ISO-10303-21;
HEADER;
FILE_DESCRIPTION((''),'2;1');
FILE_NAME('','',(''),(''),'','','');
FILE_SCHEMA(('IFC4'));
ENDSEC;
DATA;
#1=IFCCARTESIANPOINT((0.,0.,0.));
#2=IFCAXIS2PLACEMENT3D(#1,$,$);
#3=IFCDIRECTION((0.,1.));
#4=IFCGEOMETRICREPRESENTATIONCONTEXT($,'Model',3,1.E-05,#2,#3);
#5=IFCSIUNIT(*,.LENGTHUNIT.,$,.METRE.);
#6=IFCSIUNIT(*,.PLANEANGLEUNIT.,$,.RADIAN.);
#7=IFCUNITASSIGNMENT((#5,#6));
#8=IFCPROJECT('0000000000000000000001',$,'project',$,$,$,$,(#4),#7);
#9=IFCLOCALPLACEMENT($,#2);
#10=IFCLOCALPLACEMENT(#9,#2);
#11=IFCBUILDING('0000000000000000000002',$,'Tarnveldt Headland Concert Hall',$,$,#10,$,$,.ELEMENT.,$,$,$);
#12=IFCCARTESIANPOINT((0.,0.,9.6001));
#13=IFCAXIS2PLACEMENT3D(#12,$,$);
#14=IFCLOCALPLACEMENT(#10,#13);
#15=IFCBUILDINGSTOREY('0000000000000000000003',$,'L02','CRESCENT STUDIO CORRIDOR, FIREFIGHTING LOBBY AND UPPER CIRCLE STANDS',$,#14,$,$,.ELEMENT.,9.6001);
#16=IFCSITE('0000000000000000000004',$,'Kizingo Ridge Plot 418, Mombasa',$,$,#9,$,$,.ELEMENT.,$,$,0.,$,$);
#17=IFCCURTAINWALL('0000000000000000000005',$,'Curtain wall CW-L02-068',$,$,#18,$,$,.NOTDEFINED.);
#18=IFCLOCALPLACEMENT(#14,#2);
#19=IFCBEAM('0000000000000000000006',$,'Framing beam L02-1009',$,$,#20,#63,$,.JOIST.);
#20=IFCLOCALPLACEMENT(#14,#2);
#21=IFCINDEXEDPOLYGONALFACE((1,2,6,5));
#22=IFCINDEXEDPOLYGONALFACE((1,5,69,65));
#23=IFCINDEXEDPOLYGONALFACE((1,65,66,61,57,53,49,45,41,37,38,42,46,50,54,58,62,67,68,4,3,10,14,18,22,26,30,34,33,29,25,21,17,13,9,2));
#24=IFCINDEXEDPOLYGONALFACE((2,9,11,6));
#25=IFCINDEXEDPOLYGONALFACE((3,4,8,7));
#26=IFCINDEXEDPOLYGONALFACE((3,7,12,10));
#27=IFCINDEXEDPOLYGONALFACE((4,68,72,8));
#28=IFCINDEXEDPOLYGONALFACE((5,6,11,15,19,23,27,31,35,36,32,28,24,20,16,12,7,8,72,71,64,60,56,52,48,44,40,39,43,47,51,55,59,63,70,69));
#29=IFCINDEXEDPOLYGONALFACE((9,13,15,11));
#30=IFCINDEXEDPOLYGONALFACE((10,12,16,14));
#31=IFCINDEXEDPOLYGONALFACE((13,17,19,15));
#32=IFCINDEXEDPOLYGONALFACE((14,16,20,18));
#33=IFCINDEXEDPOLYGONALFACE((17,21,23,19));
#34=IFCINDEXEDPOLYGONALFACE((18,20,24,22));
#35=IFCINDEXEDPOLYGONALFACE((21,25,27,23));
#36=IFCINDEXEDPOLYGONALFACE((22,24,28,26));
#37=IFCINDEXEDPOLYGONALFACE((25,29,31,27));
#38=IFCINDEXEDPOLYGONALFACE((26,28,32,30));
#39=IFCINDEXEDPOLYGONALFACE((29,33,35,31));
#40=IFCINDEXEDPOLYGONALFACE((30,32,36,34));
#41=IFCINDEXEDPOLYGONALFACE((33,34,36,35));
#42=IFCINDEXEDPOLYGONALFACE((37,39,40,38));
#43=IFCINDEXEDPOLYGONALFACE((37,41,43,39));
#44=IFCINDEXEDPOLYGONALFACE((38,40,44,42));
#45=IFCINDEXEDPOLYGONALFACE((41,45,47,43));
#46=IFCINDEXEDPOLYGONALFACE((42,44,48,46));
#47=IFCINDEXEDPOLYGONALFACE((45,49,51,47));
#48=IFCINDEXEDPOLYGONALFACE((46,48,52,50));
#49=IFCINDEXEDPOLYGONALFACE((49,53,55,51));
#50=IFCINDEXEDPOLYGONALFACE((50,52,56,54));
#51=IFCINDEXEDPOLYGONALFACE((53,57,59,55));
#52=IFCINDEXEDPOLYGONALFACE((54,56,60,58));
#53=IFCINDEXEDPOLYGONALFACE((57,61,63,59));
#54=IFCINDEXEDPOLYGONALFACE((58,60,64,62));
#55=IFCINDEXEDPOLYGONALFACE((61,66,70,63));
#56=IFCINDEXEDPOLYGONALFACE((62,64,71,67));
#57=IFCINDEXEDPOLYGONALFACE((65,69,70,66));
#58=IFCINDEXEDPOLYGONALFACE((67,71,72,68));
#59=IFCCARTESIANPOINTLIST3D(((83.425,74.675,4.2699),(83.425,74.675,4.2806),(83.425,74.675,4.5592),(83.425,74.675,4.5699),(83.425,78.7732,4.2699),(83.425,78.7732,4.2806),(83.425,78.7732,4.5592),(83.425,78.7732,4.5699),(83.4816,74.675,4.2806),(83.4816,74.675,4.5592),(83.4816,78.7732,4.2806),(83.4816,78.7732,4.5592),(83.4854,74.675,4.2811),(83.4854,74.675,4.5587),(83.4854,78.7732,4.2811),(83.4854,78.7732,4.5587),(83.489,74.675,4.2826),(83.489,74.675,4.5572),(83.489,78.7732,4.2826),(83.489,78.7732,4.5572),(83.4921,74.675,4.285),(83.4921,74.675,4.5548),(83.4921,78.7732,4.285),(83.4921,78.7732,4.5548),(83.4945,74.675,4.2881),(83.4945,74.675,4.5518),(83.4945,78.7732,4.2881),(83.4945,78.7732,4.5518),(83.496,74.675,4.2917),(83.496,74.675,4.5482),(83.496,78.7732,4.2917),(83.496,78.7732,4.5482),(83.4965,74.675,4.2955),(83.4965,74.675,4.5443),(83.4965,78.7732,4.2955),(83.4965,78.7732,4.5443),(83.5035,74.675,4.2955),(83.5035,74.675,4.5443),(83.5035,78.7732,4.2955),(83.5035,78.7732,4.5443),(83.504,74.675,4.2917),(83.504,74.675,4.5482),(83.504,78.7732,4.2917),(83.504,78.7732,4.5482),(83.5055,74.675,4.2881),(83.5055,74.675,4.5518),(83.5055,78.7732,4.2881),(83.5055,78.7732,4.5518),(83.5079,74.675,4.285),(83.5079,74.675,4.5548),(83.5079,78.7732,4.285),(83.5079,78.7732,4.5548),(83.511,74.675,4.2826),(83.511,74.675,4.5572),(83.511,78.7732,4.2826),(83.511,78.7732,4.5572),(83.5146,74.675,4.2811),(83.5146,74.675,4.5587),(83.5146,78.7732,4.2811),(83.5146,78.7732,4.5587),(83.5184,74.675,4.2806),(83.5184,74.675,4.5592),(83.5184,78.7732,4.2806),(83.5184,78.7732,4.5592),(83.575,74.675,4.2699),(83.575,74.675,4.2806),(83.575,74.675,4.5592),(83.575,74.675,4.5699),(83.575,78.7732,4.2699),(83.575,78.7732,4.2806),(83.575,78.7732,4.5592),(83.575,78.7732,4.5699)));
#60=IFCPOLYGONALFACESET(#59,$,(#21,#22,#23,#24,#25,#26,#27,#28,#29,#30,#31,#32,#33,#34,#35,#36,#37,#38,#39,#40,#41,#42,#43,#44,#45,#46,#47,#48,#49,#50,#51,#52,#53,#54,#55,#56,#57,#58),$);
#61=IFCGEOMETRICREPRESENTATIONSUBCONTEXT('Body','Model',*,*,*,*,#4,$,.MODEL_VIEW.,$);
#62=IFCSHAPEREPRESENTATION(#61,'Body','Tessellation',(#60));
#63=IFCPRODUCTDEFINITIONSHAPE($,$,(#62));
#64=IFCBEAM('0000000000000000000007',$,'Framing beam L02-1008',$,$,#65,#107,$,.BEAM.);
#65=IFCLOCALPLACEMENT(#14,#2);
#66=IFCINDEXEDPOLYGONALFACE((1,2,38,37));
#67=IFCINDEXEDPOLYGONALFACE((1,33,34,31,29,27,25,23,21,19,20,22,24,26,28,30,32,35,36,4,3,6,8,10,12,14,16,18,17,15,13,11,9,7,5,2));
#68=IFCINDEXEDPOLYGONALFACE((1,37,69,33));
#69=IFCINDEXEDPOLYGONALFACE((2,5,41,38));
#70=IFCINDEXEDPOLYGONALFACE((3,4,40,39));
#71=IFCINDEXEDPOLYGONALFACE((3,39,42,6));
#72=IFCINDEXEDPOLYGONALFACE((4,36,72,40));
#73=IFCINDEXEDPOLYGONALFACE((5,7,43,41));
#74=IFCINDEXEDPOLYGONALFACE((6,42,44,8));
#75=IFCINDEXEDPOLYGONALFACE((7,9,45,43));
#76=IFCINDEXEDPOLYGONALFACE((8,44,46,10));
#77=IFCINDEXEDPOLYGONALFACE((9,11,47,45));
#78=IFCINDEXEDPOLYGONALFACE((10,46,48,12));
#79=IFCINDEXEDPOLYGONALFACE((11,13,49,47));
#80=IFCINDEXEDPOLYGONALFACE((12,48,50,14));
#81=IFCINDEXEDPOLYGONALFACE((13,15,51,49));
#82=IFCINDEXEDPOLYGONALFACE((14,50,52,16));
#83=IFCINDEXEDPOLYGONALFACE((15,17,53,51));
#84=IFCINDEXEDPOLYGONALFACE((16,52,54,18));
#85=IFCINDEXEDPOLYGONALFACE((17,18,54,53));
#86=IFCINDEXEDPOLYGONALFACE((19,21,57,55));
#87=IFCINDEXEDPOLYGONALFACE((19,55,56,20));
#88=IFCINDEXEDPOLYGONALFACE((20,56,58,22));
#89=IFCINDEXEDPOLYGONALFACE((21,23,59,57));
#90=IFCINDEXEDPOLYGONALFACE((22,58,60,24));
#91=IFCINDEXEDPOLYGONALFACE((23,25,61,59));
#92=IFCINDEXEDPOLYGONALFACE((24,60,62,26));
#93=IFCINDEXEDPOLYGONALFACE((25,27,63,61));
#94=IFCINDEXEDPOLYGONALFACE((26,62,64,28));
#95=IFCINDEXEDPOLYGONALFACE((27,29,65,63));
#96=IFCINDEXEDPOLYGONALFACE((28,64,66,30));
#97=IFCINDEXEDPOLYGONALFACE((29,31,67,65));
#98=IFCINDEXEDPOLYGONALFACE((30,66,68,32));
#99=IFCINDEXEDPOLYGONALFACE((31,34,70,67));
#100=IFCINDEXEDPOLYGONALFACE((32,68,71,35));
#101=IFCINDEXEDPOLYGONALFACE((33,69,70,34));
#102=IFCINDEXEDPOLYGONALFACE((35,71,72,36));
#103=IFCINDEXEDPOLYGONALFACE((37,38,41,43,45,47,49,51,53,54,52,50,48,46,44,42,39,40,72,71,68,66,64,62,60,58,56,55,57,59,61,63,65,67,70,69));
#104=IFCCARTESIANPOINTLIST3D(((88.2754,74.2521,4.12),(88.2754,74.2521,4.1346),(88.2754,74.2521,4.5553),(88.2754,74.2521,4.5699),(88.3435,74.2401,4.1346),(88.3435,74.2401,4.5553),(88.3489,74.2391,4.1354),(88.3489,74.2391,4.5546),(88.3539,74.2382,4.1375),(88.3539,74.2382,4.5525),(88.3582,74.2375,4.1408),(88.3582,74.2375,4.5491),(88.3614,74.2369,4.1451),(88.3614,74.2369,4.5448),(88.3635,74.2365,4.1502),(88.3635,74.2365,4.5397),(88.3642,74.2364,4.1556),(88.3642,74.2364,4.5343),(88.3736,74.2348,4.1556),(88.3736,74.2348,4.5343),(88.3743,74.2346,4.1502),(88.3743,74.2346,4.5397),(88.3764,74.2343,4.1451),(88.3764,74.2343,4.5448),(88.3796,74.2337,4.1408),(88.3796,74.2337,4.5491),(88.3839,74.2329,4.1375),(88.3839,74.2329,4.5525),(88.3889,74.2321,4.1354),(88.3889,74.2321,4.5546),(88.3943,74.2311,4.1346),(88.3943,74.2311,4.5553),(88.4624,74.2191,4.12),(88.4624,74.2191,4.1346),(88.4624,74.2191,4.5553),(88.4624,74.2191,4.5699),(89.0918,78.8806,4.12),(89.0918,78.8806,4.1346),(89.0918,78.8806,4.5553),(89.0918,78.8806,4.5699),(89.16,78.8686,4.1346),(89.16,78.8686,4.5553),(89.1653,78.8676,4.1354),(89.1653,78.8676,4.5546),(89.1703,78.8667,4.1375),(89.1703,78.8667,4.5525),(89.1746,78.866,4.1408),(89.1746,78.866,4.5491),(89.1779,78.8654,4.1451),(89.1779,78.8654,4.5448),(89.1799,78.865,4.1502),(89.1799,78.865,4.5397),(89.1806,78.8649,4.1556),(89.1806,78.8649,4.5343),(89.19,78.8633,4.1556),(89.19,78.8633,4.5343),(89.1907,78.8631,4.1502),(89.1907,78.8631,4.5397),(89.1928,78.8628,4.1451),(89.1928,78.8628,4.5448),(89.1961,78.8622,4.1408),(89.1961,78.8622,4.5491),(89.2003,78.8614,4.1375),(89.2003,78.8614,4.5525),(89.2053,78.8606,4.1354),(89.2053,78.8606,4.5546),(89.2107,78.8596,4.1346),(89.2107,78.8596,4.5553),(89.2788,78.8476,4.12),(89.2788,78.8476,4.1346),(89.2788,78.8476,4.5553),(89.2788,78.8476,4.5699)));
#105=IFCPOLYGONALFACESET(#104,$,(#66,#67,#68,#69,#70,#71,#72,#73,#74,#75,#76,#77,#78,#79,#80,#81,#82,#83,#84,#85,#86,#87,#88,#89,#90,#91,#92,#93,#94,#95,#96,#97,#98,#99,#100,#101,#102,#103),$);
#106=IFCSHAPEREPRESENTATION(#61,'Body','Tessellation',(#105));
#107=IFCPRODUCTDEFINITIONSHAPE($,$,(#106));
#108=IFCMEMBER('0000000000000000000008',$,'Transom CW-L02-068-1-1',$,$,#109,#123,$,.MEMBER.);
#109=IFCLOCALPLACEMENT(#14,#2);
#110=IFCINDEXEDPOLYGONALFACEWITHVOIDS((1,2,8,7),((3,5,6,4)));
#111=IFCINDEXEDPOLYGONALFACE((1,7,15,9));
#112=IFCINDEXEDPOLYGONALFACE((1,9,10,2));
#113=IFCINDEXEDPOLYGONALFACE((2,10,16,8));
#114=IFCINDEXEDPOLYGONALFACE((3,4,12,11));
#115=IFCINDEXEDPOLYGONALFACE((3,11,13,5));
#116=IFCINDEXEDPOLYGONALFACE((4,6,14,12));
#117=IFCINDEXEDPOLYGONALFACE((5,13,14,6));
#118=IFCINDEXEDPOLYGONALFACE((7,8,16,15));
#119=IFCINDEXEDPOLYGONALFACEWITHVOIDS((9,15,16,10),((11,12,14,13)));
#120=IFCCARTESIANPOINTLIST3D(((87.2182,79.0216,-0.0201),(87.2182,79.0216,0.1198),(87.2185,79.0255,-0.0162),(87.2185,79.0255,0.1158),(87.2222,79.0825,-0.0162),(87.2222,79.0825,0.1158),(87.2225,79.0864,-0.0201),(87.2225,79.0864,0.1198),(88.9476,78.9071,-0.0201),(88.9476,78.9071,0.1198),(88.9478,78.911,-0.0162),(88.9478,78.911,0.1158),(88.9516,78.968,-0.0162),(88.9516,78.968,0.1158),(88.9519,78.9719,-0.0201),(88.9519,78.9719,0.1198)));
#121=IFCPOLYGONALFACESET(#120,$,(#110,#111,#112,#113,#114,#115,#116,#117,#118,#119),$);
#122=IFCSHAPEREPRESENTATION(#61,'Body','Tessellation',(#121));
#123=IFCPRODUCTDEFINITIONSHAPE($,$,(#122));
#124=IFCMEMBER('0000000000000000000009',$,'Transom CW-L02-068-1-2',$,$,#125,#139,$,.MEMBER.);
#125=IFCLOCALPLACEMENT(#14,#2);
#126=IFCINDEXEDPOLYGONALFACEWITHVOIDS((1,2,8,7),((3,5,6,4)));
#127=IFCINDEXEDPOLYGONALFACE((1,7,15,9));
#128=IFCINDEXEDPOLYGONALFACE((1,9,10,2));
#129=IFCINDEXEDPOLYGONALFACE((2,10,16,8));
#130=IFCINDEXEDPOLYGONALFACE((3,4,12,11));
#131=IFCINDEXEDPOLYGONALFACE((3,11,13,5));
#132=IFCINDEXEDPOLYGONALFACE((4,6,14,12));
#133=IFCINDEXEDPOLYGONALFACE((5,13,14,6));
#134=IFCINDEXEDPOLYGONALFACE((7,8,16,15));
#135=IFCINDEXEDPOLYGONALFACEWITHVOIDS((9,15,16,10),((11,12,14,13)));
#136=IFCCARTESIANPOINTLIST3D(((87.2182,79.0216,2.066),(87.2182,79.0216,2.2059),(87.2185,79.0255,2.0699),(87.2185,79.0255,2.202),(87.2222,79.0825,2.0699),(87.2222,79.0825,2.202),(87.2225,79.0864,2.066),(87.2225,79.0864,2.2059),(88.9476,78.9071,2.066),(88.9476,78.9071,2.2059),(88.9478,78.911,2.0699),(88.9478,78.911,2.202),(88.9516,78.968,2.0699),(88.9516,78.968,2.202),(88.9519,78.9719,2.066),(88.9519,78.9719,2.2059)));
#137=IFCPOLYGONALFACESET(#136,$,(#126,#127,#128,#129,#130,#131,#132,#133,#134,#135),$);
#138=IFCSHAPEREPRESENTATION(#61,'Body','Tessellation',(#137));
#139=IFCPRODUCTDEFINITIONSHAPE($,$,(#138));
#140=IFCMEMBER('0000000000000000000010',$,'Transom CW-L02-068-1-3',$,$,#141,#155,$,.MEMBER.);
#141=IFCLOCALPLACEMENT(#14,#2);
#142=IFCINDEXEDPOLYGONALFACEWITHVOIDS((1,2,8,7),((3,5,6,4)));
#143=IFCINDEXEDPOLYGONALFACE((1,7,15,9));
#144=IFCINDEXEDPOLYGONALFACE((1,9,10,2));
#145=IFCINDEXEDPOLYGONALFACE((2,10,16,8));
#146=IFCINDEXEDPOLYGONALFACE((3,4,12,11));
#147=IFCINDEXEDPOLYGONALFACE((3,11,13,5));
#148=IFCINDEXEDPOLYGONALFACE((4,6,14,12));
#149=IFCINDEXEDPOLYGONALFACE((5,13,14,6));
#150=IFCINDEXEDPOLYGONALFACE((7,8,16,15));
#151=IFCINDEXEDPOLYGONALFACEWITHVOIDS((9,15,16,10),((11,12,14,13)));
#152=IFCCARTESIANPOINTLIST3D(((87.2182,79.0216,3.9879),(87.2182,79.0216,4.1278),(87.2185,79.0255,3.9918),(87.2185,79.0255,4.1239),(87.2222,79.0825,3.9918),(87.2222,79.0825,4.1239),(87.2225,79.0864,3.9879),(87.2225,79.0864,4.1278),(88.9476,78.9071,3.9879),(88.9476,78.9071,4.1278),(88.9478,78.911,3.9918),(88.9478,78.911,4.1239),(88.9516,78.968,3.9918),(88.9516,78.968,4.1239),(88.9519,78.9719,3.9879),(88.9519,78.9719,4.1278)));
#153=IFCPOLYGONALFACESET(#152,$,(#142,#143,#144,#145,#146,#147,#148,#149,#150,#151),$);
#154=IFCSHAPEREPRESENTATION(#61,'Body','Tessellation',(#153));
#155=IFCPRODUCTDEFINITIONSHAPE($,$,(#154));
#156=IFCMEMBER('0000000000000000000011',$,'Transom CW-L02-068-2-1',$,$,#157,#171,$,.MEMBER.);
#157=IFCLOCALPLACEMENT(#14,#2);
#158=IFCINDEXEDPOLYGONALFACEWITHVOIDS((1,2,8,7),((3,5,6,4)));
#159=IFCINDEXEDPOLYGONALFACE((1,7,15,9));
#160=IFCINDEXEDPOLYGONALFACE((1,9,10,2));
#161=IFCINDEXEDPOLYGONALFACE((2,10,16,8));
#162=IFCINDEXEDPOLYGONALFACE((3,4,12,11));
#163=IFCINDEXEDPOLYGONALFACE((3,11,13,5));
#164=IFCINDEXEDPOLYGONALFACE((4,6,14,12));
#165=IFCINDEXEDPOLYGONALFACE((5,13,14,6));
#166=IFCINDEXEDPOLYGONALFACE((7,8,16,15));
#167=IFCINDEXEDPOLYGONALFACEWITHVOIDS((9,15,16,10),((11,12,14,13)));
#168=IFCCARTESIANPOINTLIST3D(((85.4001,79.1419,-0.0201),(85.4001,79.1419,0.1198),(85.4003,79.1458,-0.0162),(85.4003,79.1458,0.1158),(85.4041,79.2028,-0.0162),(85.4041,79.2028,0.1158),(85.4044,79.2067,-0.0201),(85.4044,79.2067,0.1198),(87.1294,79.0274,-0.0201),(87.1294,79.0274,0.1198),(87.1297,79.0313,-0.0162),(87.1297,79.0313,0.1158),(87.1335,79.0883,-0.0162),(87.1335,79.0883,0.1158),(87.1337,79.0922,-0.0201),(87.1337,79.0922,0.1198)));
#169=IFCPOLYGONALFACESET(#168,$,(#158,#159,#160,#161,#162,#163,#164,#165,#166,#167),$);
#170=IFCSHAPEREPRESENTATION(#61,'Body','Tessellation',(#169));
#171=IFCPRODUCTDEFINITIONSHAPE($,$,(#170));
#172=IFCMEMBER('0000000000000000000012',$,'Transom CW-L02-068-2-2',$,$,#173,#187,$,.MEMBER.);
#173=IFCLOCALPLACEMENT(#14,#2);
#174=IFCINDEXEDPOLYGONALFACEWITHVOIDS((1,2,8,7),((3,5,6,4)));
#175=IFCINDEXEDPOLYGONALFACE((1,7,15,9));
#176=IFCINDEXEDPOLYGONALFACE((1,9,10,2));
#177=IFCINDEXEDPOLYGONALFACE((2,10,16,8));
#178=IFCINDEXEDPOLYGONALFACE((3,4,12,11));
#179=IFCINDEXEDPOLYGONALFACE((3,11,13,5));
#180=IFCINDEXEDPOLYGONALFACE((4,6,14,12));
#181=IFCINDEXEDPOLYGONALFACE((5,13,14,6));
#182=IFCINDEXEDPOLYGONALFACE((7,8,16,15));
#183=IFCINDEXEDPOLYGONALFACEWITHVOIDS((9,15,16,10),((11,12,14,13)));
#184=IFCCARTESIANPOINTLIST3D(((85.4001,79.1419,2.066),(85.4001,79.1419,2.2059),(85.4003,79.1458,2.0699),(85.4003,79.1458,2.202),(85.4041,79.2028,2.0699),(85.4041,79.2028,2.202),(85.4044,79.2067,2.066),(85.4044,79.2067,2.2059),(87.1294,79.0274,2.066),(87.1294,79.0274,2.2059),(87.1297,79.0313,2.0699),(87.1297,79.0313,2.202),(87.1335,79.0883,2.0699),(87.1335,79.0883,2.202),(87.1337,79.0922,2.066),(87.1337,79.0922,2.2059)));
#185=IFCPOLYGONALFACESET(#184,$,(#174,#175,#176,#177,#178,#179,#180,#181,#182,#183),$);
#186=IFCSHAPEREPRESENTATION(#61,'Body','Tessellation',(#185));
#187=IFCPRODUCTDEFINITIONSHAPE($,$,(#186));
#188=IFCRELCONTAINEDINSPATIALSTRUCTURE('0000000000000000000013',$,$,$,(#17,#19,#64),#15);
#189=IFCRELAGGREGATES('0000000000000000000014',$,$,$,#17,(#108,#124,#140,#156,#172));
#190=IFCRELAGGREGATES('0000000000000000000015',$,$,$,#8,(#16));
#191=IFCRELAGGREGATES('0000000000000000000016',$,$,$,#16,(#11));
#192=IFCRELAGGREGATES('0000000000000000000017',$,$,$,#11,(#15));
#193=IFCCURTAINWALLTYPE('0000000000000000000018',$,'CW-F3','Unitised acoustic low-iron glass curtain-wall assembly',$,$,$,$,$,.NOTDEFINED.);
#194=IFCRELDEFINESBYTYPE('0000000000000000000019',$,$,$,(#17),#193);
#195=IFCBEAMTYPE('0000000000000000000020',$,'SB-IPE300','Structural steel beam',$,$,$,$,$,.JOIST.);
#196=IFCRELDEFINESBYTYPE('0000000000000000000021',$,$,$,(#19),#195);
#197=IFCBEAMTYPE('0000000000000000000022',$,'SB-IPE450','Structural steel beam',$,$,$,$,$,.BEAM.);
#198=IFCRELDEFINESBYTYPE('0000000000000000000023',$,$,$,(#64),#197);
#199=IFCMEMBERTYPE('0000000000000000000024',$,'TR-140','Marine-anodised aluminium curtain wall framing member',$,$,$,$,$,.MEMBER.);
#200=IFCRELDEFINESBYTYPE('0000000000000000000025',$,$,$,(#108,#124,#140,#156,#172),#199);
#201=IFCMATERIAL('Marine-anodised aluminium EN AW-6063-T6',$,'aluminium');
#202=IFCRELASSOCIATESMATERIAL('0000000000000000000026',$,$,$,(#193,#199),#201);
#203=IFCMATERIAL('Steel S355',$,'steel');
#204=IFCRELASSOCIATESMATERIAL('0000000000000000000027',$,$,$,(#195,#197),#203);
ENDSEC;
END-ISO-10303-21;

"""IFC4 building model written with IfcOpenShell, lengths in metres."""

from ifc_helpers import new_model, si_unit, direction, frame, origin, origin_2d, place, context, subcontext, project, spatial, hollow_rectangle, i_section, extrude, material, material_profile, profile_set, type_object, element, aggregate, save


model = new_model("IFC4")

# Units and contexts
model_context = context("Model", 3, precision=1e-05, world=origin(), true_north=direction((0.0, 1.0)))
body_context = subcontext(model_context, "Body", "Model", "MODEL_VIEW")
ifc_project = project(units=[si_unit("LENGTHUNIT", "METRE"), si_unit("PLANEANGLEUNIT", "RADIAN")], contexts=[model_context])

# Site, building, storey
site_placement = place(None, origin())
site = spatial("IfcSite", under=ifc_project, at=site_placement, Name="Kizingo Ridge Plot 418, Mombasa", CompositionType="ELEMENT", RefElevation=0.0)
building_placement = place(site_placement, origin())
building = spatial("IfcBuilding", under=site, at=building_placement, Name="Tarnveldt Headland Concert Hall", CompositionType="ELEMENT")
storey_placement = place(building_placement, frame((0.0, 0.0, 9.6001)))
storey = spatial("IfcBuildingStorey", under=building, at=storey_placement, Name="L02", Description="CRESCENT STUDIO CORRIDOR, FIREFIGHTING LOBBY AND UPPER CIRCLE STANDS", CompositionType="ELEMENT", Elevation=9.6001)

# Shared definitions
ifc_material_1 = material(Name="Steel S355", Category="steel")

# Curtain wall
ifc_material_2 = material(Name="Marine-anodised aluminium EN AW-6063-T6", Category="aluminium")
curtain_wall_type = type_object("IfcCurtainWallType", Name="CW-F3", Description="Unitised acoustic low-iron glass curtain-wall assembly", PredefinedType="NOTDEFINED", material=ifc_material_2)
curtain_wall_1_placement = place(storey_placement, origin())
curtain_wall_1 = element("IfcCurtainWall", 1, at=curtain_wall_1_placement, inside=storey, type_object=curtain_wall_type, Name="Curtain wall CW-L02-068", PredefinedType="NOTDEFINED")

# Beams
ifc_material_profile_1 = material_profile(ifc_material_1, i_section(OverallWidth=0.1499, OverallDepth=0.3, WebThickness=0.0071, FlangeThickness=0.0107, FilletRadius=0.0149, at=origin_2d()), Name="IPE300", Category="steel")
ifc_profile_set_1 = profile_set([ifc_material_profile_1], Name="Steel S355")
beam_type_1 = type_object("IfcBeamType", Name="SB-IPE300", Description="Structural steel beam", PredefinedType="JOIST", material=ifc_profile_set_1)
beam_1_placement = place(storey_placement, frame((83.5, 74.675, 4.4199), z_axis=(0.0, 1.0, 0.0), x_axis=(-1.0, 0.0, 0.0)))
element("IfcBeam", 2, at=beam_1_placement, inside=storey, type_object=beam_type_1, Name="Framing beam L02-1009", PredefinedType="JOIST", context=body_context, shape_type="SweptSolid", body=[
    extrude(i_section(OverallWidth=0.1499, OverallDepth=0.3, WebThickness=0.0071, FlangeThickness=0.0107, FilletRadius=0.0149, at=origin_2d()), origin(), (0.0, 0.0, 1.0), 4.0981),
])
ifc_material_profile_2 = material_profile(ifc_material_1, i_section(OverallWidth=0.1899, OverallDepth=0.45, WebThickness=0.0095, FlangeThickness=0.0146, FilletRadius=0.021, at=origin_2d()), Name="IPE450", Category="steel")
ifc_profile_set_2 = profile_set([ifc_material_profile_2], Name="Steel S355")
beam_type_2 = type_object("IfcBeamType", Name="SB-IPE450", Description="Structural steel beam", PredefinedType="BEAM", material=ifc_profile_set_2)
beam_2_placement = place(storey_placement, frame((88.3689, 74.2356, 4.345), z_axis=(0.173708, 0.984797, 0.0), x_axis=(-0.984797, 0.173708, 0.0)))
element("IfcBeam", 3, at=beam_2_placement, inside=storey, type_object=beam_type_2, Name="Framing beam L02-1008", PredefinedType="BEAM", context=body_context, shape_type="SweptSolid", body=[
    extrude(i_section(OverallWidth=0.1899, OverallDepth=0.45, WebThickness=0.0095, FlangeThickness=0.0146, FilletRadius=0.021, at=origin_2d()), origin(), (0.0, 0.0, 1.0), 4.7),
])

# Members
ifc_material_profile_3 = material_profile(ifc_material_2, hollow_rectangle(XDim=0.0649, YDim=0.1399, WallThickness=0.0039, at=origin_2d()), Name="ALU TRANSOM 65x140x4", Category="aluminium")
ifc_profile_set_3 = profile_set([ifc_material_profile_3], Name="Marine-anodised aluminium EN AW-6063-T6")
member_type_1 = type_object("IfcMemberType", Name="TR-140", Description="Marine-anodised aluminium curtain wall framing member", PredefinedType="MEMBER", material=ifc_profile_set_3)
member_1_placement = place(storey_placement, frame((88.9497, 78.9395, 0.0498), z_axis=(-0.997815, 0.06607, 0.0), x_axis=(-0.06607, -0.997815, 0.0)))
member_1 = element("IfcMember", 4, at=member_1_placement, type_object=member_type_1, Name="Transom CW-L02-068-1-1", PredefinedType="MEMBER", context=body_context, shape_type="SweptSolid", body=[
    extrude(hollow_rectangle(XDim=0.0649, YDim=0.1399, WallThickness=0.0039, at=origin_2d()), origin(), (0.0, 0.0, 1.0), 1.7332),
])
member_2_placement = place(storey_placement, frame((88.9497, 78.9395, 2.136), z_axis=(-0.997815, 0.06607, 0.0), x_axis=(-0.06607, -0.997815, 0.0)))
member_2 = element("IfcMember", 5, at=member_2_placement, type_object=member_type_1, Name="Transom CW-L02-068-1-2", PredefinedType="MEMBER", context=body_context, shape_type="SweptSolid", body=[
    extrude(hollow_rectangle(XDim=0.0649, YDim=0.1399, WallThickness=0.0039, at=origin_2d()), origin(), (0.0, 0.0, 1.0), 1.7332),
])
member_3_placement = place(storey_placement, frame((88.9497, 78.9395, 4.0579), z_axis=(-0.997815, 0.06607, 0.0), x_axis=(-0.06607, -0.997815, 0.0)))
member_3 = element("IfcMember", 6, at=member_3_placement, type_object=member_type_1, Name="Transom CW-L02-068-1-3", PredefinedType="MEMBER", context=body_context, shape_type="SweptSolid", body=[
    extrude(hollow_rectangle(XDim=0.0649, YDim=0.1399, WallThickness=0.0039, at=origin_2d()), origin(), (0.0, 0.0, 1.0), 1.7332),
])
member_4_placement = place(storey_placement, frame((87.1316, 79.0598, 0.0498), z_axis=(-0.997815, 0.06607, 0.0), x_axis=(-0.06607, -0.997815, 0.0)))
member_4 = element("IfcMember", 7, at=member_4_placement, type_object=member_type_1, Name="Transom CW-L02-068-2-1", PredefinedType="MEMBER", context=body_context, shape_type="SweptSolid", body=[
    extrude(hollow_rectangle(XDim=0.0649, YDim=0.1399, WallThickness=0.0039, at=origin_2d()), origin(), (0.0, 0.0, 1.0), 1.7332),
])
member_5_placement = place(storey_placement, frame((87.1316, 79.0598, 2.136), z_axis=(-0.997815, 0.06607, 0.0), x_axis=(-0.06607, -0.997815, 0.0)))
member_5 = element("IfcMember", 8, at=member_5_placement, type_object=member_type_1, Name="Transom CW-L02-068-2-2", PredefinedType="MEMBER", context=body_context, shape_type="SweptSolid", body=[
    extrude(hollow_rectangle(XDim=0.0649, YDim=0.1399, WallThickness=0.0039, at=origin_2d()), origin(), (0.0, 0.0, 1.0), 1.7332),
])

aggregate(curtain_wall_1, [member_1, member_2, member_3, member_4, member_5])

save(model, "model.ifc")
